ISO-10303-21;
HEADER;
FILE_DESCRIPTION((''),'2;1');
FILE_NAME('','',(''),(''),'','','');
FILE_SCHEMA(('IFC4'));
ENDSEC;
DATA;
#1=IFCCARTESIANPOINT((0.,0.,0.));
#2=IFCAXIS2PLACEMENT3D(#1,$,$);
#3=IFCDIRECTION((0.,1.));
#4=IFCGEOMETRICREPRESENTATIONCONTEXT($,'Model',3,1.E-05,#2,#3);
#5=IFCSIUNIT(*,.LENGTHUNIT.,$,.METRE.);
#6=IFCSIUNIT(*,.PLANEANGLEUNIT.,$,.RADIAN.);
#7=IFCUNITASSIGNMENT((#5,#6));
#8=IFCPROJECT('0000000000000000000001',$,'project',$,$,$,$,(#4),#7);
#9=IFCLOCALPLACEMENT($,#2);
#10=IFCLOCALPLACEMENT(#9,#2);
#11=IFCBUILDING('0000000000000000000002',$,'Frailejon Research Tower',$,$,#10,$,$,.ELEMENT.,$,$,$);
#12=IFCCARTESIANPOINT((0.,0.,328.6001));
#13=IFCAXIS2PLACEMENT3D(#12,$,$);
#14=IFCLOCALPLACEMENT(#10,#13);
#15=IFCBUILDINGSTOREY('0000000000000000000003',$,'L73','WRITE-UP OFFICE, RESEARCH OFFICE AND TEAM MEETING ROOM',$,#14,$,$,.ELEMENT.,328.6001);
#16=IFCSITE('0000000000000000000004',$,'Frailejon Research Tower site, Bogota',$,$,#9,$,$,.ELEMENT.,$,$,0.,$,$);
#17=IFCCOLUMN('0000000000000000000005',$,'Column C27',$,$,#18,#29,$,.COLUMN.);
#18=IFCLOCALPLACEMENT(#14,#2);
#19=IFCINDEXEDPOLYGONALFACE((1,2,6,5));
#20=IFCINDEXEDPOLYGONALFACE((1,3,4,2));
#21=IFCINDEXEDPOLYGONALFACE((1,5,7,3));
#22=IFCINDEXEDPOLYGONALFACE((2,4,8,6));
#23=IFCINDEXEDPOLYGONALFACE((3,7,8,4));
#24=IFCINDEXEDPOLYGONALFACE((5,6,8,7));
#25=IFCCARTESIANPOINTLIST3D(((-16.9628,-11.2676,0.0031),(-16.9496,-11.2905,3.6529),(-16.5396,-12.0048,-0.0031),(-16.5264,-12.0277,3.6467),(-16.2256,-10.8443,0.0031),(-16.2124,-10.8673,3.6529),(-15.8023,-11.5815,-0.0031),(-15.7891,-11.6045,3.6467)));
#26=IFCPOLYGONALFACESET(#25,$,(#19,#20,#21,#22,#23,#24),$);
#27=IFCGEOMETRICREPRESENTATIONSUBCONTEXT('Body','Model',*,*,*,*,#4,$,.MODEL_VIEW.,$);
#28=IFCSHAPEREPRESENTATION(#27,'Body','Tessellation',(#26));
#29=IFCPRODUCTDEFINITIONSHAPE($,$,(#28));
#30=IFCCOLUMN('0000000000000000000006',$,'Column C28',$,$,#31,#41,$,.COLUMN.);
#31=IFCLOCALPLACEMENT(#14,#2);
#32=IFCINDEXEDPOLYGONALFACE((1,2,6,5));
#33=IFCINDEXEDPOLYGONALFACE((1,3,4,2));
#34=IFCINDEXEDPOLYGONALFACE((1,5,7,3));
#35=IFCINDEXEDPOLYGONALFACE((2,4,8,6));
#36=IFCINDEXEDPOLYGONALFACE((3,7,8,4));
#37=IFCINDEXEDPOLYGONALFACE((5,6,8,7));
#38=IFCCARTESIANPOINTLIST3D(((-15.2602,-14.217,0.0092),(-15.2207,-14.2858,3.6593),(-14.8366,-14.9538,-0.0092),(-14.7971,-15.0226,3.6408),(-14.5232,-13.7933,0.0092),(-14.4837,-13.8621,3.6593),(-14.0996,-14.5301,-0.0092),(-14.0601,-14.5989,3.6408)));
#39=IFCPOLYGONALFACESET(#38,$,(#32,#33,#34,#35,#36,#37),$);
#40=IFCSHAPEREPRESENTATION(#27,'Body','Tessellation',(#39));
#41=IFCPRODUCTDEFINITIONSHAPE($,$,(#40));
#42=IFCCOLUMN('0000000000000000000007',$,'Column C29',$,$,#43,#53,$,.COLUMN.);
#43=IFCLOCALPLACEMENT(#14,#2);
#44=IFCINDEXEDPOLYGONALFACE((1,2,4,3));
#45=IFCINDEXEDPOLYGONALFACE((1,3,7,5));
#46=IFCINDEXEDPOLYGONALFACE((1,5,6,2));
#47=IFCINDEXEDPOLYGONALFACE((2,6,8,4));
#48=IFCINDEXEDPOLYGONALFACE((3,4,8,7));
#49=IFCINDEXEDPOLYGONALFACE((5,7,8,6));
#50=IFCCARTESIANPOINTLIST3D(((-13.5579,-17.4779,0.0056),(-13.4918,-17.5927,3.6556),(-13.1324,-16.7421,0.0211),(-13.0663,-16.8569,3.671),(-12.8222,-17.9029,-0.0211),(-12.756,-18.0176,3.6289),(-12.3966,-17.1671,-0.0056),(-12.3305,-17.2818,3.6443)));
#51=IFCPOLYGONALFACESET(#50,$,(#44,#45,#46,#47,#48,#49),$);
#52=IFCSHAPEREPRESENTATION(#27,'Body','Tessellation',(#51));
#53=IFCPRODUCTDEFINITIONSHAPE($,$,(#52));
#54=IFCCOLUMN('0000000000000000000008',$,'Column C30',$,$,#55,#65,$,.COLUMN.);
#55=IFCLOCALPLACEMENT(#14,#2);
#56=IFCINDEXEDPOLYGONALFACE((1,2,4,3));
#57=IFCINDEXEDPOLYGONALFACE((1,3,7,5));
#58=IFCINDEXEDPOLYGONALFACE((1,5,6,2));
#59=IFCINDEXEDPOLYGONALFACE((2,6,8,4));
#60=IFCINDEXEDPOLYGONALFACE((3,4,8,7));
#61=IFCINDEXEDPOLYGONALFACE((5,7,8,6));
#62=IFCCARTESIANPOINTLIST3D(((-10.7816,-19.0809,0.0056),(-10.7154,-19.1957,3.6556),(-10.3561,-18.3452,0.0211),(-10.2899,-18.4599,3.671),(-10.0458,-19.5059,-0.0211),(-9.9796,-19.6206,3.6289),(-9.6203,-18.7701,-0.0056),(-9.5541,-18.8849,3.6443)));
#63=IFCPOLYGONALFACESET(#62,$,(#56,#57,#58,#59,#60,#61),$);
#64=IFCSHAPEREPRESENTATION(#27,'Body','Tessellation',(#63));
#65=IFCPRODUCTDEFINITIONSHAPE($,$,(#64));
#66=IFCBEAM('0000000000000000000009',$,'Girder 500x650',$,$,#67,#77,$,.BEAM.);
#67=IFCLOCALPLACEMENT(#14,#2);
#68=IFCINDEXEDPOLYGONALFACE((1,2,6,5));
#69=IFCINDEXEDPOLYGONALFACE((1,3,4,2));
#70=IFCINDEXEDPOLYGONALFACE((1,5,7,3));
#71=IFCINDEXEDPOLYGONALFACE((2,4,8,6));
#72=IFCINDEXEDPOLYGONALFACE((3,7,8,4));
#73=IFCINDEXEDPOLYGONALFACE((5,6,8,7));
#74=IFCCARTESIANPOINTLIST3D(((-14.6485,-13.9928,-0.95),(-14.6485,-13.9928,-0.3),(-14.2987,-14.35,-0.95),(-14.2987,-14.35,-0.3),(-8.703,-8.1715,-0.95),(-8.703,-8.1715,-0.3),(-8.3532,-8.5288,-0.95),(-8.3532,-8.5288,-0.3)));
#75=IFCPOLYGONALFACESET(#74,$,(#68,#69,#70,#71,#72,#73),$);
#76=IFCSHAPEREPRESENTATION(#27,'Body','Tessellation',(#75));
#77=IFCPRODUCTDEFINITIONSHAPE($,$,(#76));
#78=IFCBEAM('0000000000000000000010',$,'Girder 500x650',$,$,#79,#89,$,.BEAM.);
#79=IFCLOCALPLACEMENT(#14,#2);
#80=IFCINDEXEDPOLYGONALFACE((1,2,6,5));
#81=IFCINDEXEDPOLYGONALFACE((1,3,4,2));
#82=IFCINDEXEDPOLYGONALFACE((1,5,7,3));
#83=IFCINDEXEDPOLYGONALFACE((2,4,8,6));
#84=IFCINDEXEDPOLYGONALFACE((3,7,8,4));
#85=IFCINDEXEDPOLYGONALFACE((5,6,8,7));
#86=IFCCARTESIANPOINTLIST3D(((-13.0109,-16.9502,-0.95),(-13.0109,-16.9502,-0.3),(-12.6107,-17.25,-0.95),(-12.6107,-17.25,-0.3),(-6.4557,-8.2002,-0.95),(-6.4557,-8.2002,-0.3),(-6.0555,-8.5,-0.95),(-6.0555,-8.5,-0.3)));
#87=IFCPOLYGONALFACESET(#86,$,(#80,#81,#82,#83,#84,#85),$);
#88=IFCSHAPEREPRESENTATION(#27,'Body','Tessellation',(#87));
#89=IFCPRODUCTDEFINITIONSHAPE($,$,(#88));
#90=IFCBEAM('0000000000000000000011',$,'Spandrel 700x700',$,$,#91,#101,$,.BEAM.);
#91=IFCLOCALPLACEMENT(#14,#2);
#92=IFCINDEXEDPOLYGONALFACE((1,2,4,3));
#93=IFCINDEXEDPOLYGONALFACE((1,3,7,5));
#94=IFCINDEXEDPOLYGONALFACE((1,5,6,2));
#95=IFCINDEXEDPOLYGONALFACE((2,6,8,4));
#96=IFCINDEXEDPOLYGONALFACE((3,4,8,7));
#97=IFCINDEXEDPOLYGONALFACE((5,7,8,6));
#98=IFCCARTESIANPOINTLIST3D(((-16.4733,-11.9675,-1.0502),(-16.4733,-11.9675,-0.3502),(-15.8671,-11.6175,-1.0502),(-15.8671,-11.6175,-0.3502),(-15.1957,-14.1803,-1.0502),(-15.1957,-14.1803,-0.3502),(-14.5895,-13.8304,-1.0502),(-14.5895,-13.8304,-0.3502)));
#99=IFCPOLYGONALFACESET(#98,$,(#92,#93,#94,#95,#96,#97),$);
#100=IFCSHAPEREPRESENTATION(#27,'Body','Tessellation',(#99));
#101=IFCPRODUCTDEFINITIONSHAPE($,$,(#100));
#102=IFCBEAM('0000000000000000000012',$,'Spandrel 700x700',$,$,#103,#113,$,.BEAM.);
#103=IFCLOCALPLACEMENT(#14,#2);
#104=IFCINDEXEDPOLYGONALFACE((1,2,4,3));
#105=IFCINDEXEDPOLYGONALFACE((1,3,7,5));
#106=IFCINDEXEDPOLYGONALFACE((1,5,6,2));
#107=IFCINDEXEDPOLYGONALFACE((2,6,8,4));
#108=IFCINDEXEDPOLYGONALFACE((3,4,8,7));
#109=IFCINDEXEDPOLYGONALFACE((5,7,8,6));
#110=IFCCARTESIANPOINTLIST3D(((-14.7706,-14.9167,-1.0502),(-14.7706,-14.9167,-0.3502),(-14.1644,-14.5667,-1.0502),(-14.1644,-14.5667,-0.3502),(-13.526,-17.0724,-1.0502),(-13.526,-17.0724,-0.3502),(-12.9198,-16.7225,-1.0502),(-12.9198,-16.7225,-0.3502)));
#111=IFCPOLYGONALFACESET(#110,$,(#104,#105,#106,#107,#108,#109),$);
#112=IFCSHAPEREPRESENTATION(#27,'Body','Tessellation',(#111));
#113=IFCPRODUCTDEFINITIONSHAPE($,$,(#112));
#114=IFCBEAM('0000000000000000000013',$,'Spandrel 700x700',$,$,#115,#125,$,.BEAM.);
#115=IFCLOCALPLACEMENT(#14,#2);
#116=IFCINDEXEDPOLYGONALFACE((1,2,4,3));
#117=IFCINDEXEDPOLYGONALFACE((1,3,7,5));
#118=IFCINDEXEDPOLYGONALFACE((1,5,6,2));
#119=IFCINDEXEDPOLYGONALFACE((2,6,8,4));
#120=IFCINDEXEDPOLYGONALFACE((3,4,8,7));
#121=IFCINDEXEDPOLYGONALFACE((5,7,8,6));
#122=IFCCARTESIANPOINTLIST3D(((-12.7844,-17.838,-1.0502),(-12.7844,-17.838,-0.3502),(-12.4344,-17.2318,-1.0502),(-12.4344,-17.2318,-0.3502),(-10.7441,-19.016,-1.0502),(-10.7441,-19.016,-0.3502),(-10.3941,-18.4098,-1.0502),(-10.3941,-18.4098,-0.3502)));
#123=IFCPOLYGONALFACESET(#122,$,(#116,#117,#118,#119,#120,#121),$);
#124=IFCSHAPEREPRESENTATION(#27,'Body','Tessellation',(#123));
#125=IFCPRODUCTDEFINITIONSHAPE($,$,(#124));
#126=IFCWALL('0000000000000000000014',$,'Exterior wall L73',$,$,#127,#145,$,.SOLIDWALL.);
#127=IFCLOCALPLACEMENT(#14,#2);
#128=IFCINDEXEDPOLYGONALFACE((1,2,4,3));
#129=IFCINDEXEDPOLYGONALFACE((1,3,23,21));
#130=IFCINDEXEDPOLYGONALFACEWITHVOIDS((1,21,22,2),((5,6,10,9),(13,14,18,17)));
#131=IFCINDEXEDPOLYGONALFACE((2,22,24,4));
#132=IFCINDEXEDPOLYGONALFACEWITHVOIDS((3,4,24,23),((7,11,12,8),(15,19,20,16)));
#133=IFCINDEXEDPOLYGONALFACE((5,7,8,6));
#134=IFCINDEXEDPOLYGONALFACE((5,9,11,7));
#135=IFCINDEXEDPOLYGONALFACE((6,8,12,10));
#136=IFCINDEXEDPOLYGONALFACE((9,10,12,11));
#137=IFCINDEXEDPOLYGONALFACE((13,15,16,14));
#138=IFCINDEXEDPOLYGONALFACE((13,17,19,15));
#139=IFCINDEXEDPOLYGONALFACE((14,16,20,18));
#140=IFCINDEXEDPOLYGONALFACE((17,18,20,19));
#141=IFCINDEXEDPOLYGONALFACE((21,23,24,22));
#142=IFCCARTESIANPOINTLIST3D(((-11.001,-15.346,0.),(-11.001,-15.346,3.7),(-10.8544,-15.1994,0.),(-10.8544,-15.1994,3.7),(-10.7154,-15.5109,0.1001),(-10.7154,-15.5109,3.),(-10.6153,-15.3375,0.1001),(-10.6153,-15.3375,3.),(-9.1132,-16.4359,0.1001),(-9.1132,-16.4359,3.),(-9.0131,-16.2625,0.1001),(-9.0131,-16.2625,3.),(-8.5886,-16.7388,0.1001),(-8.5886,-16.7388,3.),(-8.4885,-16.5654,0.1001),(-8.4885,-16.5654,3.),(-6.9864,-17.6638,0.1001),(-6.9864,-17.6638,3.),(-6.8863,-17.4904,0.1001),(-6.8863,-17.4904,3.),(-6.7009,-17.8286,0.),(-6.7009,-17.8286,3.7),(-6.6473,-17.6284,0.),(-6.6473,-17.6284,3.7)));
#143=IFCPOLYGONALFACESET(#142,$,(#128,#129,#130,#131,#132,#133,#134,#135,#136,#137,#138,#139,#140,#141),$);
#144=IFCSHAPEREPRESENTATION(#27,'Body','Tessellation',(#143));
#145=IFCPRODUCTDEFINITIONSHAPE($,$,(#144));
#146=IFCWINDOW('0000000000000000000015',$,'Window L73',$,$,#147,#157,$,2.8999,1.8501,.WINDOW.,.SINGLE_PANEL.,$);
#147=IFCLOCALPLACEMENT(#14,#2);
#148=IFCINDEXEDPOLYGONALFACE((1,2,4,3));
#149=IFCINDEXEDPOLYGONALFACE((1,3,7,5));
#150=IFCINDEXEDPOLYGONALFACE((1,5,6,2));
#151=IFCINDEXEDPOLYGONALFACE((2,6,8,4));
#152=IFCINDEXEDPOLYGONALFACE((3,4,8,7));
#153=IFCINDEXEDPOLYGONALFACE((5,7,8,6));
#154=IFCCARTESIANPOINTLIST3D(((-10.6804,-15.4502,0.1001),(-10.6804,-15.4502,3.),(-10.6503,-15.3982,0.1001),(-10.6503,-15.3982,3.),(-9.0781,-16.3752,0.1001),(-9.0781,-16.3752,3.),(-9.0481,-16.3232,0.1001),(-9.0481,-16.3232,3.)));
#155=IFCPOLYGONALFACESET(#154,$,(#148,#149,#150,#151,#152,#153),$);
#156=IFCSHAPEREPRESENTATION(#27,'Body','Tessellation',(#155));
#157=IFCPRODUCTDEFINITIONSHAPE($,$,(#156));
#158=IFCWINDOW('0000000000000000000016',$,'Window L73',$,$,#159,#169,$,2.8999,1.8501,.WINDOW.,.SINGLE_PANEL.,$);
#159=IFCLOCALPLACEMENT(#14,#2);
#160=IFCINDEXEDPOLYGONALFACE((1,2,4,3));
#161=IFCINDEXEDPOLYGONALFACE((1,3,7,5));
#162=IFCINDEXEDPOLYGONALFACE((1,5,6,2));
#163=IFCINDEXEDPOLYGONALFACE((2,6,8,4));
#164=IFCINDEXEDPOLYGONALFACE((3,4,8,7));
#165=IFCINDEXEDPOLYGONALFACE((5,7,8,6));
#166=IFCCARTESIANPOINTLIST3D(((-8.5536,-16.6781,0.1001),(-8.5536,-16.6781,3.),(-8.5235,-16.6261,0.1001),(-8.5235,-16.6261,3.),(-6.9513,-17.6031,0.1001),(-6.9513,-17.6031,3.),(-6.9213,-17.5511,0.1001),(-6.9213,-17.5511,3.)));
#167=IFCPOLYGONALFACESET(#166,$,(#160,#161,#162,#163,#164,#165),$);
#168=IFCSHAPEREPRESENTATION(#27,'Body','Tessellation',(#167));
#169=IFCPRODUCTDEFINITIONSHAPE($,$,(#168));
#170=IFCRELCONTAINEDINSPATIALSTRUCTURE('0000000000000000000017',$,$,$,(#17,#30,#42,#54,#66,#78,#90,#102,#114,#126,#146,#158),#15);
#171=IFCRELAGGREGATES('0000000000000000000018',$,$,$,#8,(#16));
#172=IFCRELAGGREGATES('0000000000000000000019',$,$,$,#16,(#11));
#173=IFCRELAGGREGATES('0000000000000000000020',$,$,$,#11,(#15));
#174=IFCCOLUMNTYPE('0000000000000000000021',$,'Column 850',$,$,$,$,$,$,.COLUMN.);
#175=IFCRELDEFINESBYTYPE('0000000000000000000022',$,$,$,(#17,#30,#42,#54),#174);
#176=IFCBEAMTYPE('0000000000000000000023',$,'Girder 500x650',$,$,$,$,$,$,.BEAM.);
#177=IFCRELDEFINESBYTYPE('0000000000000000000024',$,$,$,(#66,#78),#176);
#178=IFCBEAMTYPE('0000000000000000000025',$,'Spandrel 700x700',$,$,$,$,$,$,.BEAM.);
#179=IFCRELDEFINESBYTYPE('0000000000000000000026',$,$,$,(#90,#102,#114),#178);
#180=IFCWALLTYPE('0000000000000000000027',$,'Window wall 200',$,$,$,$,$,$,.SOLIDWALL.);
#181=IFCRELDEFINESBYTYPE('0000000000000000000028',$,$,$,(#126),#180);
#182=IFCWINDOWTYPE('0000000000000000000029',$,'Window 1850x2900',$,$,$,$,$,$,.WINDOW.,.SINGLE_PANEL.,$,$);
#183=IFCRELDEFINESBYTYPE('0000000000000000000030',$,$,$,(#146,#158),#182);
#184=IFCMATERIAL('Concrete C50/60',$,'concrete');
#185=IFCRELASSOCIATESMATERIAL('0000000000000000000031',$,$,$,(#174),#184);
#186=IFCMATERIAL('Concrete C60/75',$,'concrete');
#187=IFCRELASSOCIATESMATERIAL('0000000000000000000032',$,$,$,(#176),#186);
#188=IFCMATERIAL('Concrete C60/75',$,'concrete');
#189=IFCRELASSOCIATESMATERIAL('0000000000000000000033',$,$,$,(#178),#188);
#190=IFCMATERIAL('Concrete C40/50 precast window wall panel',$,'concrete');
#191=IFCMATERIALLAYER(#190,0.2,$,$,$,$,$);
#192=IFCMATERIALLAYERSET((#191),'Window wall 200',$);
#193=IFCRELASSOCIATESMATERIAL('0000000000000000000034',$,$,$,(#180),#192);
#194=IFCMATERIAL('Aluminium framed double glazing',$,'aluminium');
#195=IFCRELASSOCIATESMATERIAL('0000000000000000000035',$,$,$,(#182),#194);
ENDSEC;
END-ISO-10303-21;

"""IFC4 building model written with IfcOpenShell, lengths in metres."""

from ifc_helpers import new_model, si_unit, direction, frame, frame_2d, origin, origin_2d, place, context, subcontext, project, spatial, polyline, rectangle, outline, extrude, material, layer, layer_set, material_profile, profile_set, type_object, element, fill, save


model = new_model("IFC4")

# Units and contexts
model_context = context("Model", 3, precision=1e-05, world=origin(), true_north=direction((0.0, 1.0)))
body_context = subcontext(model_context, "Body", "Model", "MODEL_VIEW")
ifc_project = project(units=[si_unit("LENGTHUNIT", "METRE"), si_unit("PLANEANGLEUNIT", "RADIAN")], contexts=[model_context])

# Site, building, storey
site_placement = place(None, origin())
site = spatial("IfcSite", under=ifc_project, at=site_placement, Name="Frailejon Research Tower site, Bogota", CompositionType="ELEMENT", RefElevation=0.0)
building_placement = place(site_placement, origin())
building = spatial("IfcBuilding", under=site, at=building_placement, Name="Frailejon Research Tower", CompositionType="ELEMENT")
storey_placement = place(building_placement, frame((0.0, 0.0, 328.6001)))
storey = spatial("IfcBuildingStorey", under=building, at=storey_placement, Name="L73", Description="WRITE-UP OFFICE, RESEARCH OFFICE AND TEAM MEETING ROOM", CompositionType="ELEMENT", Elevation=328.6001)

# Columns
ifc_material_1 = material(Name="Concrete C50/60", Category="concrete")
ifc_material_profile_1 = material_profile(ifc_material_1, rectangle(XDim=0.8501, YDim=0.8501, at=origin_2d()), Name="Column 850")
ifc_profile_set_1 = profile_set([ifc_material_profile_1], Name="Concrete C50/60")
column_type = type_object("IfcColumnType", Name="Column 850", PredefinedType="COLUMN", material=ifc_profile_set_1)
column_1_placement = place(storey_placement, frame((-16.3826, -11.4246, 0.0), z_axis=(0.003612, -0.006287, 0.999974), x_axis=(0.49789, -0.86721, -0.007251)))
element("IfcColumn", 1, at=column_1_placement, inside=storey, type_object=column_type, Name="Column C27", PredefinedType="COLUMN", context=body_context, shape_type="SweptSolid", body=[
    extrude(rectangle(XDim=0.8501, YDim=0.8501, at=origin_2d()), origin(), (0.0, 0.0, 1.0), 3.6499),
])
column_2_placement = place(storey_placement, frame((-14.6799, -14.3735, 0.0), z_axis=(0.010834, -0.018858, 0.999763), x_axis=(0.498285, -0.86674, -0.021749)))
element("IfcColumn", 2, at=column_2_placement, inside=storey, type_object=column_type, Name="Column C28", PredefinedType="COLUMN", context=body_context, shape_type="SweptSolid", body=[
    extrude(rectangle(XDim=0.8501, YDim=0.8501, at=origin_2d()), origin(), (0.0, 0.0, 1.0), 3.6509),
])
for number, where, z_axis, x_axis, name in (
    (3, (-12.9773, -17.3225, 0.0), (0.018115, -0.031417, 0.999342), (0.86552, -0.499889, -0.031405), "Column C29"),
    (4, (-10.2009, -18.9255, 0.0), (0.018115, -0.031417, 0.999342), (0.86552, -0.499889, -0.031405), "Column C30"),
):
    element("IfcColumn", number, at=place(storey_placement, frame(where, z_axis=z_axis, x_axis=x_axis)), inside=storey, type_object=column_type, Name=name, PredefinedType="COLUMN", context=body_context, shape_type="SweptSolid", body=[
        extrude(rectangle(XDim=0.8501, YDim=0.8501, at=origin_2d()), origin(), (0.0, 0.0, 1.0), 3.6523),
    ])

# Beams
ifc_material_2 = material(Name="Concrete C60/75", Category="concrete")
ifc_material_profile_2 = material_profile(ifc_material_2, rectangle(XDim=0.5, YDim=0.6499, at=origin_2d()), Name="Girder 500x650")
ifc_profile_set_2 = profile_set([ifc_material_profile_2], Name="Concrete C60/75")
beam_type_1 = type_object("IfcBeamType", Name="Girder 500x650", PredefinedType="BEAM", material=ifc_profile_set_2)
beam_1_placement = place(storey_placement, frame((-14.4736, -14.1714, -0.625), z_axis=(0.714535, 0.6996, 0.0), x_axis=(-0.6996, 0.714535, 0.0)))
element("IfcBeam", 5, at=beam_1_placement, inside=storey, type_object=beam_type_1, Name="Girder 500x650", PredefinedType="BEAM", context=body_context, shape_type="SweptSolid", body=[
    extrude(rectangle(XDim=0.5, YDim=0.6499, at=origin_2d()), origin(), (0.0, 0.0, 1.0), 8.3208),
])
beam_2_placement = place(storey_placement, frame((-12.8108, -17.1001, -0.625), z_axis=(0.599571, 0.800321, 0.0), x_axis=(-0.800321, 0.599571, 0.0)))
element("IfcBeam", 6, at=beam_2_placement, inside=storey, type_object=beam_type_1, Name="Girder 500x650", PredefinedType="BEAM", context=body_context, shape_type="SweptSolid", body=[
    extrude(rectangle(XDim=0.5, YDim=0.6499, at=origin_2d()), origin(), (0.0, 0.0, 1.0), 10.9331),
])
ifc_material_3 = material(Name="Concrete C60/75", Category="concrete")
ifc_material_profile_3 = material_profile(ifc_material_3, rectangle(XDim=0.7, YDim=0.7, at=origin_2d()), Name="Spandrel 700x700")
ifc_profile_set_3 = profile_set([ifc_material_profile_3], Name="Concrete C60/75")
beam_type_2 = type_object("IfcBeamType", Name="Spandrel 700x700", PredefinedType="BEAM", material=ifc_profile_set_3)
beam_3_placement = place(storey_placement, frame((-16.1702, -11.7925, -0.7002), z_axis=(0.499993, -0.86603, 0.0), x_axis=(0.86603, 0.499993, 0.0)))
element("IfcBeam", 7, at=beam_3_placement, inside=storey, type_object=beam_type_2, Name="Spandrel 700x700", PredefinedType="BEAM", context=body_context, shape_type="SweptSolid", body=[
    extrude(rectangle(XDim=0.7, YDim=0.7, at=origin_2d()), origin(), (0.0, 0.0, 1.0), 2.5552),
])
beam_4_placement = place(storey_placement, frame((-14.4675, -14.7417, -0.7002), z_axis=(0.5, -0.866026, 0.0), x_axis=(0.866026, 0.5, 0.0)))
element("IfcBeam", 8, at=beam_4_placement, inside=storey, type_object=beam_type_2, Name="Spandrel 700x700", PredefinedType="BEAM", context=body_context, shape_type="SweptSolid", body=[
    extrude(rectangle(XDim=0.7, YDim=0.7, at=origin_2d()), origin(), (0.0, 0.0, 1.0), 2.4893),
])
beam_5_placement = place(storey_placement, frame((-12.6094, -17.5349, -0.7002), z_axis=(0.866022, -0.500007, 0.0), x_axis=(0.500007, 0.866022, 0.0)))
element("IfcBeam", 9, at=beam_5_placement, inside=storey, type_object=beam_type_2, Name="Spandrel 700x700", PredefinedType="BEAM", context=body_context, shape_type="SweptSolid", body=[
    extrude(rectangle(XDim=0.7, YDim=0.7, at=origin_2d()), origin(), (0.0, 0.0, 1.0), 2.356),
])

# Wall, openings, windows
ifc_material_4 = material(Name="Concrete C40/50 precast window wall panel", Category="concrete")
ifc_layer_1 = layer(ifc_material_4, 0.2)
ifc_layer_set_1 = layer_set([ifc_layer_1], Name="Window wall 200")
wall_type = type_object("IfcWallType", Name="Window wall 200", PredefinedType="SOLIDWALL", material=ifc_layer_set_1)
wall_placement = place(storey_placement, frame((-10.9277, -15.2727, 0.0), z_axis=(0.0, 0.0, 1.0), x_axis=(0.866029, -0.499994, 0.0)))
wall = element("IfcWall", 10, at=wall_placement, inside=storey, type_object=wall_type, Name="Exterior wall L73", PredefinedType="SOLIDWALL", context=body_context, shape_type="SweptSolid", body=[
    extrude(outline(polyline([(-0.0269, -0.1001), (1.2144, -0.1001), (2.4558, -0.1001), (3.6973, -0.1001), (4.9385, -0.1001), (4.8848, 0.1001), (3.6704, 0.1001), (2.4558, 0.1001), (1.2412, 0.1001), (0.0269, 0.1001), (-0.0269, -0.1001)])), origin(), (0.0, 0.0, 1.0), 3.7),
])
opening_1_placement = place(wall_placement, frame((0.303, 0.0, 0.1001)))
opening_1 = element("IfcOpeningElement", 11, at=opening_1_placement, cuts=wall, PredefinedType="OPENING", context=body_context, shape_type="SweptSolid", body=[
    extrude(rectangle(XDim=1.8501, YDim=2.8999, at=frame_2d((0.925, 1.45))), frame((0.0, 0.1099, 0.0), z_axis=(0.0, -1.0, 0.0), x_axis=(1.0, 0.0, 0.0)), (0.0, 0.0, 1.0), 0.22),
])
opening_2_placement = place(wall_placement, frame((2.7588, 0.0, 0.1001)))
opening_2 = element("IfcOpeningElement", 12, at=opening_2_placement, cuts=wall, PredefinedType="OPENING", context=body_context, shape_type="SweptSolid", body=[
    extrude(rectangle(XDim=1.8501, YDim=2.8999, at=frame_2d((0.925, 1.45))), frame((0.0, 0.1099, 0.0), z_axis=(0.0, -1.0, 0.0), x_axis=(1.0, 0.0, 0.0)), (0.0, 0.0, 1.0), 0.22),
])
ifc_material_5 = material(Name="Aluminium framed double glazing", Category="aluminium")
window_type = type_object("IfcWindowType", Name="Window 1850x2900", PartitioningType="SINGLE_PANEL", PredefinedType="WINDOW", material=ifc_material_5)
window_1_placement = place(opening_1_placement, origin())
window_1 = element("IfcWindow", 13, at=window_1_placement, inside=storey, type_object=window_type, Name="Window L73", OverallHeight=2.8999, OverallWidth=1.8501, PartitioningType="SINGLE_PANEL", PredefinedType="WINDOW", context=body_context, shape_type="SweptSolid", body=[
    extrude(rectangle(XDim=1.8501, YDim=2.8999, at=frame_2d((0.925, 1.45))), frame((0.0, 0.03, 0.0), z_axis=(0.0, -1.0, 0.0), x_axis=(1.0, 0.0, 0.0)), (0.0, 0.0, 1.0), 0.0601),
])
fill(opening_1, window_1)
window_2_placement = place(opening_2_placement, origin())
window_2 = element("IfcWindow", 14, at=window_2_placement, inside=storey, type_object=window_type, Name="Window L73", OverallHeight=2.8999, OverallWidth=1.8501, PartitioningType="SINGLE_PANEL", PredefinedType="WINDOW", context=body_context, shape_type="SweptSolid", body=[
    extrude(rectangle(XDim=1.8501, YDim=2.8999, at=frame_2d((0.925, 1.45))), frame((0.0, 0.03, 0.0), z_axis=(0.0, -1.0, 0.0), x_axis=(1.0, 0.0, 0.0)), (0.0, 0.0, 1.0), 0.0601),
])
fill(opening_2, window_2)

save(model, "model.ifc")
